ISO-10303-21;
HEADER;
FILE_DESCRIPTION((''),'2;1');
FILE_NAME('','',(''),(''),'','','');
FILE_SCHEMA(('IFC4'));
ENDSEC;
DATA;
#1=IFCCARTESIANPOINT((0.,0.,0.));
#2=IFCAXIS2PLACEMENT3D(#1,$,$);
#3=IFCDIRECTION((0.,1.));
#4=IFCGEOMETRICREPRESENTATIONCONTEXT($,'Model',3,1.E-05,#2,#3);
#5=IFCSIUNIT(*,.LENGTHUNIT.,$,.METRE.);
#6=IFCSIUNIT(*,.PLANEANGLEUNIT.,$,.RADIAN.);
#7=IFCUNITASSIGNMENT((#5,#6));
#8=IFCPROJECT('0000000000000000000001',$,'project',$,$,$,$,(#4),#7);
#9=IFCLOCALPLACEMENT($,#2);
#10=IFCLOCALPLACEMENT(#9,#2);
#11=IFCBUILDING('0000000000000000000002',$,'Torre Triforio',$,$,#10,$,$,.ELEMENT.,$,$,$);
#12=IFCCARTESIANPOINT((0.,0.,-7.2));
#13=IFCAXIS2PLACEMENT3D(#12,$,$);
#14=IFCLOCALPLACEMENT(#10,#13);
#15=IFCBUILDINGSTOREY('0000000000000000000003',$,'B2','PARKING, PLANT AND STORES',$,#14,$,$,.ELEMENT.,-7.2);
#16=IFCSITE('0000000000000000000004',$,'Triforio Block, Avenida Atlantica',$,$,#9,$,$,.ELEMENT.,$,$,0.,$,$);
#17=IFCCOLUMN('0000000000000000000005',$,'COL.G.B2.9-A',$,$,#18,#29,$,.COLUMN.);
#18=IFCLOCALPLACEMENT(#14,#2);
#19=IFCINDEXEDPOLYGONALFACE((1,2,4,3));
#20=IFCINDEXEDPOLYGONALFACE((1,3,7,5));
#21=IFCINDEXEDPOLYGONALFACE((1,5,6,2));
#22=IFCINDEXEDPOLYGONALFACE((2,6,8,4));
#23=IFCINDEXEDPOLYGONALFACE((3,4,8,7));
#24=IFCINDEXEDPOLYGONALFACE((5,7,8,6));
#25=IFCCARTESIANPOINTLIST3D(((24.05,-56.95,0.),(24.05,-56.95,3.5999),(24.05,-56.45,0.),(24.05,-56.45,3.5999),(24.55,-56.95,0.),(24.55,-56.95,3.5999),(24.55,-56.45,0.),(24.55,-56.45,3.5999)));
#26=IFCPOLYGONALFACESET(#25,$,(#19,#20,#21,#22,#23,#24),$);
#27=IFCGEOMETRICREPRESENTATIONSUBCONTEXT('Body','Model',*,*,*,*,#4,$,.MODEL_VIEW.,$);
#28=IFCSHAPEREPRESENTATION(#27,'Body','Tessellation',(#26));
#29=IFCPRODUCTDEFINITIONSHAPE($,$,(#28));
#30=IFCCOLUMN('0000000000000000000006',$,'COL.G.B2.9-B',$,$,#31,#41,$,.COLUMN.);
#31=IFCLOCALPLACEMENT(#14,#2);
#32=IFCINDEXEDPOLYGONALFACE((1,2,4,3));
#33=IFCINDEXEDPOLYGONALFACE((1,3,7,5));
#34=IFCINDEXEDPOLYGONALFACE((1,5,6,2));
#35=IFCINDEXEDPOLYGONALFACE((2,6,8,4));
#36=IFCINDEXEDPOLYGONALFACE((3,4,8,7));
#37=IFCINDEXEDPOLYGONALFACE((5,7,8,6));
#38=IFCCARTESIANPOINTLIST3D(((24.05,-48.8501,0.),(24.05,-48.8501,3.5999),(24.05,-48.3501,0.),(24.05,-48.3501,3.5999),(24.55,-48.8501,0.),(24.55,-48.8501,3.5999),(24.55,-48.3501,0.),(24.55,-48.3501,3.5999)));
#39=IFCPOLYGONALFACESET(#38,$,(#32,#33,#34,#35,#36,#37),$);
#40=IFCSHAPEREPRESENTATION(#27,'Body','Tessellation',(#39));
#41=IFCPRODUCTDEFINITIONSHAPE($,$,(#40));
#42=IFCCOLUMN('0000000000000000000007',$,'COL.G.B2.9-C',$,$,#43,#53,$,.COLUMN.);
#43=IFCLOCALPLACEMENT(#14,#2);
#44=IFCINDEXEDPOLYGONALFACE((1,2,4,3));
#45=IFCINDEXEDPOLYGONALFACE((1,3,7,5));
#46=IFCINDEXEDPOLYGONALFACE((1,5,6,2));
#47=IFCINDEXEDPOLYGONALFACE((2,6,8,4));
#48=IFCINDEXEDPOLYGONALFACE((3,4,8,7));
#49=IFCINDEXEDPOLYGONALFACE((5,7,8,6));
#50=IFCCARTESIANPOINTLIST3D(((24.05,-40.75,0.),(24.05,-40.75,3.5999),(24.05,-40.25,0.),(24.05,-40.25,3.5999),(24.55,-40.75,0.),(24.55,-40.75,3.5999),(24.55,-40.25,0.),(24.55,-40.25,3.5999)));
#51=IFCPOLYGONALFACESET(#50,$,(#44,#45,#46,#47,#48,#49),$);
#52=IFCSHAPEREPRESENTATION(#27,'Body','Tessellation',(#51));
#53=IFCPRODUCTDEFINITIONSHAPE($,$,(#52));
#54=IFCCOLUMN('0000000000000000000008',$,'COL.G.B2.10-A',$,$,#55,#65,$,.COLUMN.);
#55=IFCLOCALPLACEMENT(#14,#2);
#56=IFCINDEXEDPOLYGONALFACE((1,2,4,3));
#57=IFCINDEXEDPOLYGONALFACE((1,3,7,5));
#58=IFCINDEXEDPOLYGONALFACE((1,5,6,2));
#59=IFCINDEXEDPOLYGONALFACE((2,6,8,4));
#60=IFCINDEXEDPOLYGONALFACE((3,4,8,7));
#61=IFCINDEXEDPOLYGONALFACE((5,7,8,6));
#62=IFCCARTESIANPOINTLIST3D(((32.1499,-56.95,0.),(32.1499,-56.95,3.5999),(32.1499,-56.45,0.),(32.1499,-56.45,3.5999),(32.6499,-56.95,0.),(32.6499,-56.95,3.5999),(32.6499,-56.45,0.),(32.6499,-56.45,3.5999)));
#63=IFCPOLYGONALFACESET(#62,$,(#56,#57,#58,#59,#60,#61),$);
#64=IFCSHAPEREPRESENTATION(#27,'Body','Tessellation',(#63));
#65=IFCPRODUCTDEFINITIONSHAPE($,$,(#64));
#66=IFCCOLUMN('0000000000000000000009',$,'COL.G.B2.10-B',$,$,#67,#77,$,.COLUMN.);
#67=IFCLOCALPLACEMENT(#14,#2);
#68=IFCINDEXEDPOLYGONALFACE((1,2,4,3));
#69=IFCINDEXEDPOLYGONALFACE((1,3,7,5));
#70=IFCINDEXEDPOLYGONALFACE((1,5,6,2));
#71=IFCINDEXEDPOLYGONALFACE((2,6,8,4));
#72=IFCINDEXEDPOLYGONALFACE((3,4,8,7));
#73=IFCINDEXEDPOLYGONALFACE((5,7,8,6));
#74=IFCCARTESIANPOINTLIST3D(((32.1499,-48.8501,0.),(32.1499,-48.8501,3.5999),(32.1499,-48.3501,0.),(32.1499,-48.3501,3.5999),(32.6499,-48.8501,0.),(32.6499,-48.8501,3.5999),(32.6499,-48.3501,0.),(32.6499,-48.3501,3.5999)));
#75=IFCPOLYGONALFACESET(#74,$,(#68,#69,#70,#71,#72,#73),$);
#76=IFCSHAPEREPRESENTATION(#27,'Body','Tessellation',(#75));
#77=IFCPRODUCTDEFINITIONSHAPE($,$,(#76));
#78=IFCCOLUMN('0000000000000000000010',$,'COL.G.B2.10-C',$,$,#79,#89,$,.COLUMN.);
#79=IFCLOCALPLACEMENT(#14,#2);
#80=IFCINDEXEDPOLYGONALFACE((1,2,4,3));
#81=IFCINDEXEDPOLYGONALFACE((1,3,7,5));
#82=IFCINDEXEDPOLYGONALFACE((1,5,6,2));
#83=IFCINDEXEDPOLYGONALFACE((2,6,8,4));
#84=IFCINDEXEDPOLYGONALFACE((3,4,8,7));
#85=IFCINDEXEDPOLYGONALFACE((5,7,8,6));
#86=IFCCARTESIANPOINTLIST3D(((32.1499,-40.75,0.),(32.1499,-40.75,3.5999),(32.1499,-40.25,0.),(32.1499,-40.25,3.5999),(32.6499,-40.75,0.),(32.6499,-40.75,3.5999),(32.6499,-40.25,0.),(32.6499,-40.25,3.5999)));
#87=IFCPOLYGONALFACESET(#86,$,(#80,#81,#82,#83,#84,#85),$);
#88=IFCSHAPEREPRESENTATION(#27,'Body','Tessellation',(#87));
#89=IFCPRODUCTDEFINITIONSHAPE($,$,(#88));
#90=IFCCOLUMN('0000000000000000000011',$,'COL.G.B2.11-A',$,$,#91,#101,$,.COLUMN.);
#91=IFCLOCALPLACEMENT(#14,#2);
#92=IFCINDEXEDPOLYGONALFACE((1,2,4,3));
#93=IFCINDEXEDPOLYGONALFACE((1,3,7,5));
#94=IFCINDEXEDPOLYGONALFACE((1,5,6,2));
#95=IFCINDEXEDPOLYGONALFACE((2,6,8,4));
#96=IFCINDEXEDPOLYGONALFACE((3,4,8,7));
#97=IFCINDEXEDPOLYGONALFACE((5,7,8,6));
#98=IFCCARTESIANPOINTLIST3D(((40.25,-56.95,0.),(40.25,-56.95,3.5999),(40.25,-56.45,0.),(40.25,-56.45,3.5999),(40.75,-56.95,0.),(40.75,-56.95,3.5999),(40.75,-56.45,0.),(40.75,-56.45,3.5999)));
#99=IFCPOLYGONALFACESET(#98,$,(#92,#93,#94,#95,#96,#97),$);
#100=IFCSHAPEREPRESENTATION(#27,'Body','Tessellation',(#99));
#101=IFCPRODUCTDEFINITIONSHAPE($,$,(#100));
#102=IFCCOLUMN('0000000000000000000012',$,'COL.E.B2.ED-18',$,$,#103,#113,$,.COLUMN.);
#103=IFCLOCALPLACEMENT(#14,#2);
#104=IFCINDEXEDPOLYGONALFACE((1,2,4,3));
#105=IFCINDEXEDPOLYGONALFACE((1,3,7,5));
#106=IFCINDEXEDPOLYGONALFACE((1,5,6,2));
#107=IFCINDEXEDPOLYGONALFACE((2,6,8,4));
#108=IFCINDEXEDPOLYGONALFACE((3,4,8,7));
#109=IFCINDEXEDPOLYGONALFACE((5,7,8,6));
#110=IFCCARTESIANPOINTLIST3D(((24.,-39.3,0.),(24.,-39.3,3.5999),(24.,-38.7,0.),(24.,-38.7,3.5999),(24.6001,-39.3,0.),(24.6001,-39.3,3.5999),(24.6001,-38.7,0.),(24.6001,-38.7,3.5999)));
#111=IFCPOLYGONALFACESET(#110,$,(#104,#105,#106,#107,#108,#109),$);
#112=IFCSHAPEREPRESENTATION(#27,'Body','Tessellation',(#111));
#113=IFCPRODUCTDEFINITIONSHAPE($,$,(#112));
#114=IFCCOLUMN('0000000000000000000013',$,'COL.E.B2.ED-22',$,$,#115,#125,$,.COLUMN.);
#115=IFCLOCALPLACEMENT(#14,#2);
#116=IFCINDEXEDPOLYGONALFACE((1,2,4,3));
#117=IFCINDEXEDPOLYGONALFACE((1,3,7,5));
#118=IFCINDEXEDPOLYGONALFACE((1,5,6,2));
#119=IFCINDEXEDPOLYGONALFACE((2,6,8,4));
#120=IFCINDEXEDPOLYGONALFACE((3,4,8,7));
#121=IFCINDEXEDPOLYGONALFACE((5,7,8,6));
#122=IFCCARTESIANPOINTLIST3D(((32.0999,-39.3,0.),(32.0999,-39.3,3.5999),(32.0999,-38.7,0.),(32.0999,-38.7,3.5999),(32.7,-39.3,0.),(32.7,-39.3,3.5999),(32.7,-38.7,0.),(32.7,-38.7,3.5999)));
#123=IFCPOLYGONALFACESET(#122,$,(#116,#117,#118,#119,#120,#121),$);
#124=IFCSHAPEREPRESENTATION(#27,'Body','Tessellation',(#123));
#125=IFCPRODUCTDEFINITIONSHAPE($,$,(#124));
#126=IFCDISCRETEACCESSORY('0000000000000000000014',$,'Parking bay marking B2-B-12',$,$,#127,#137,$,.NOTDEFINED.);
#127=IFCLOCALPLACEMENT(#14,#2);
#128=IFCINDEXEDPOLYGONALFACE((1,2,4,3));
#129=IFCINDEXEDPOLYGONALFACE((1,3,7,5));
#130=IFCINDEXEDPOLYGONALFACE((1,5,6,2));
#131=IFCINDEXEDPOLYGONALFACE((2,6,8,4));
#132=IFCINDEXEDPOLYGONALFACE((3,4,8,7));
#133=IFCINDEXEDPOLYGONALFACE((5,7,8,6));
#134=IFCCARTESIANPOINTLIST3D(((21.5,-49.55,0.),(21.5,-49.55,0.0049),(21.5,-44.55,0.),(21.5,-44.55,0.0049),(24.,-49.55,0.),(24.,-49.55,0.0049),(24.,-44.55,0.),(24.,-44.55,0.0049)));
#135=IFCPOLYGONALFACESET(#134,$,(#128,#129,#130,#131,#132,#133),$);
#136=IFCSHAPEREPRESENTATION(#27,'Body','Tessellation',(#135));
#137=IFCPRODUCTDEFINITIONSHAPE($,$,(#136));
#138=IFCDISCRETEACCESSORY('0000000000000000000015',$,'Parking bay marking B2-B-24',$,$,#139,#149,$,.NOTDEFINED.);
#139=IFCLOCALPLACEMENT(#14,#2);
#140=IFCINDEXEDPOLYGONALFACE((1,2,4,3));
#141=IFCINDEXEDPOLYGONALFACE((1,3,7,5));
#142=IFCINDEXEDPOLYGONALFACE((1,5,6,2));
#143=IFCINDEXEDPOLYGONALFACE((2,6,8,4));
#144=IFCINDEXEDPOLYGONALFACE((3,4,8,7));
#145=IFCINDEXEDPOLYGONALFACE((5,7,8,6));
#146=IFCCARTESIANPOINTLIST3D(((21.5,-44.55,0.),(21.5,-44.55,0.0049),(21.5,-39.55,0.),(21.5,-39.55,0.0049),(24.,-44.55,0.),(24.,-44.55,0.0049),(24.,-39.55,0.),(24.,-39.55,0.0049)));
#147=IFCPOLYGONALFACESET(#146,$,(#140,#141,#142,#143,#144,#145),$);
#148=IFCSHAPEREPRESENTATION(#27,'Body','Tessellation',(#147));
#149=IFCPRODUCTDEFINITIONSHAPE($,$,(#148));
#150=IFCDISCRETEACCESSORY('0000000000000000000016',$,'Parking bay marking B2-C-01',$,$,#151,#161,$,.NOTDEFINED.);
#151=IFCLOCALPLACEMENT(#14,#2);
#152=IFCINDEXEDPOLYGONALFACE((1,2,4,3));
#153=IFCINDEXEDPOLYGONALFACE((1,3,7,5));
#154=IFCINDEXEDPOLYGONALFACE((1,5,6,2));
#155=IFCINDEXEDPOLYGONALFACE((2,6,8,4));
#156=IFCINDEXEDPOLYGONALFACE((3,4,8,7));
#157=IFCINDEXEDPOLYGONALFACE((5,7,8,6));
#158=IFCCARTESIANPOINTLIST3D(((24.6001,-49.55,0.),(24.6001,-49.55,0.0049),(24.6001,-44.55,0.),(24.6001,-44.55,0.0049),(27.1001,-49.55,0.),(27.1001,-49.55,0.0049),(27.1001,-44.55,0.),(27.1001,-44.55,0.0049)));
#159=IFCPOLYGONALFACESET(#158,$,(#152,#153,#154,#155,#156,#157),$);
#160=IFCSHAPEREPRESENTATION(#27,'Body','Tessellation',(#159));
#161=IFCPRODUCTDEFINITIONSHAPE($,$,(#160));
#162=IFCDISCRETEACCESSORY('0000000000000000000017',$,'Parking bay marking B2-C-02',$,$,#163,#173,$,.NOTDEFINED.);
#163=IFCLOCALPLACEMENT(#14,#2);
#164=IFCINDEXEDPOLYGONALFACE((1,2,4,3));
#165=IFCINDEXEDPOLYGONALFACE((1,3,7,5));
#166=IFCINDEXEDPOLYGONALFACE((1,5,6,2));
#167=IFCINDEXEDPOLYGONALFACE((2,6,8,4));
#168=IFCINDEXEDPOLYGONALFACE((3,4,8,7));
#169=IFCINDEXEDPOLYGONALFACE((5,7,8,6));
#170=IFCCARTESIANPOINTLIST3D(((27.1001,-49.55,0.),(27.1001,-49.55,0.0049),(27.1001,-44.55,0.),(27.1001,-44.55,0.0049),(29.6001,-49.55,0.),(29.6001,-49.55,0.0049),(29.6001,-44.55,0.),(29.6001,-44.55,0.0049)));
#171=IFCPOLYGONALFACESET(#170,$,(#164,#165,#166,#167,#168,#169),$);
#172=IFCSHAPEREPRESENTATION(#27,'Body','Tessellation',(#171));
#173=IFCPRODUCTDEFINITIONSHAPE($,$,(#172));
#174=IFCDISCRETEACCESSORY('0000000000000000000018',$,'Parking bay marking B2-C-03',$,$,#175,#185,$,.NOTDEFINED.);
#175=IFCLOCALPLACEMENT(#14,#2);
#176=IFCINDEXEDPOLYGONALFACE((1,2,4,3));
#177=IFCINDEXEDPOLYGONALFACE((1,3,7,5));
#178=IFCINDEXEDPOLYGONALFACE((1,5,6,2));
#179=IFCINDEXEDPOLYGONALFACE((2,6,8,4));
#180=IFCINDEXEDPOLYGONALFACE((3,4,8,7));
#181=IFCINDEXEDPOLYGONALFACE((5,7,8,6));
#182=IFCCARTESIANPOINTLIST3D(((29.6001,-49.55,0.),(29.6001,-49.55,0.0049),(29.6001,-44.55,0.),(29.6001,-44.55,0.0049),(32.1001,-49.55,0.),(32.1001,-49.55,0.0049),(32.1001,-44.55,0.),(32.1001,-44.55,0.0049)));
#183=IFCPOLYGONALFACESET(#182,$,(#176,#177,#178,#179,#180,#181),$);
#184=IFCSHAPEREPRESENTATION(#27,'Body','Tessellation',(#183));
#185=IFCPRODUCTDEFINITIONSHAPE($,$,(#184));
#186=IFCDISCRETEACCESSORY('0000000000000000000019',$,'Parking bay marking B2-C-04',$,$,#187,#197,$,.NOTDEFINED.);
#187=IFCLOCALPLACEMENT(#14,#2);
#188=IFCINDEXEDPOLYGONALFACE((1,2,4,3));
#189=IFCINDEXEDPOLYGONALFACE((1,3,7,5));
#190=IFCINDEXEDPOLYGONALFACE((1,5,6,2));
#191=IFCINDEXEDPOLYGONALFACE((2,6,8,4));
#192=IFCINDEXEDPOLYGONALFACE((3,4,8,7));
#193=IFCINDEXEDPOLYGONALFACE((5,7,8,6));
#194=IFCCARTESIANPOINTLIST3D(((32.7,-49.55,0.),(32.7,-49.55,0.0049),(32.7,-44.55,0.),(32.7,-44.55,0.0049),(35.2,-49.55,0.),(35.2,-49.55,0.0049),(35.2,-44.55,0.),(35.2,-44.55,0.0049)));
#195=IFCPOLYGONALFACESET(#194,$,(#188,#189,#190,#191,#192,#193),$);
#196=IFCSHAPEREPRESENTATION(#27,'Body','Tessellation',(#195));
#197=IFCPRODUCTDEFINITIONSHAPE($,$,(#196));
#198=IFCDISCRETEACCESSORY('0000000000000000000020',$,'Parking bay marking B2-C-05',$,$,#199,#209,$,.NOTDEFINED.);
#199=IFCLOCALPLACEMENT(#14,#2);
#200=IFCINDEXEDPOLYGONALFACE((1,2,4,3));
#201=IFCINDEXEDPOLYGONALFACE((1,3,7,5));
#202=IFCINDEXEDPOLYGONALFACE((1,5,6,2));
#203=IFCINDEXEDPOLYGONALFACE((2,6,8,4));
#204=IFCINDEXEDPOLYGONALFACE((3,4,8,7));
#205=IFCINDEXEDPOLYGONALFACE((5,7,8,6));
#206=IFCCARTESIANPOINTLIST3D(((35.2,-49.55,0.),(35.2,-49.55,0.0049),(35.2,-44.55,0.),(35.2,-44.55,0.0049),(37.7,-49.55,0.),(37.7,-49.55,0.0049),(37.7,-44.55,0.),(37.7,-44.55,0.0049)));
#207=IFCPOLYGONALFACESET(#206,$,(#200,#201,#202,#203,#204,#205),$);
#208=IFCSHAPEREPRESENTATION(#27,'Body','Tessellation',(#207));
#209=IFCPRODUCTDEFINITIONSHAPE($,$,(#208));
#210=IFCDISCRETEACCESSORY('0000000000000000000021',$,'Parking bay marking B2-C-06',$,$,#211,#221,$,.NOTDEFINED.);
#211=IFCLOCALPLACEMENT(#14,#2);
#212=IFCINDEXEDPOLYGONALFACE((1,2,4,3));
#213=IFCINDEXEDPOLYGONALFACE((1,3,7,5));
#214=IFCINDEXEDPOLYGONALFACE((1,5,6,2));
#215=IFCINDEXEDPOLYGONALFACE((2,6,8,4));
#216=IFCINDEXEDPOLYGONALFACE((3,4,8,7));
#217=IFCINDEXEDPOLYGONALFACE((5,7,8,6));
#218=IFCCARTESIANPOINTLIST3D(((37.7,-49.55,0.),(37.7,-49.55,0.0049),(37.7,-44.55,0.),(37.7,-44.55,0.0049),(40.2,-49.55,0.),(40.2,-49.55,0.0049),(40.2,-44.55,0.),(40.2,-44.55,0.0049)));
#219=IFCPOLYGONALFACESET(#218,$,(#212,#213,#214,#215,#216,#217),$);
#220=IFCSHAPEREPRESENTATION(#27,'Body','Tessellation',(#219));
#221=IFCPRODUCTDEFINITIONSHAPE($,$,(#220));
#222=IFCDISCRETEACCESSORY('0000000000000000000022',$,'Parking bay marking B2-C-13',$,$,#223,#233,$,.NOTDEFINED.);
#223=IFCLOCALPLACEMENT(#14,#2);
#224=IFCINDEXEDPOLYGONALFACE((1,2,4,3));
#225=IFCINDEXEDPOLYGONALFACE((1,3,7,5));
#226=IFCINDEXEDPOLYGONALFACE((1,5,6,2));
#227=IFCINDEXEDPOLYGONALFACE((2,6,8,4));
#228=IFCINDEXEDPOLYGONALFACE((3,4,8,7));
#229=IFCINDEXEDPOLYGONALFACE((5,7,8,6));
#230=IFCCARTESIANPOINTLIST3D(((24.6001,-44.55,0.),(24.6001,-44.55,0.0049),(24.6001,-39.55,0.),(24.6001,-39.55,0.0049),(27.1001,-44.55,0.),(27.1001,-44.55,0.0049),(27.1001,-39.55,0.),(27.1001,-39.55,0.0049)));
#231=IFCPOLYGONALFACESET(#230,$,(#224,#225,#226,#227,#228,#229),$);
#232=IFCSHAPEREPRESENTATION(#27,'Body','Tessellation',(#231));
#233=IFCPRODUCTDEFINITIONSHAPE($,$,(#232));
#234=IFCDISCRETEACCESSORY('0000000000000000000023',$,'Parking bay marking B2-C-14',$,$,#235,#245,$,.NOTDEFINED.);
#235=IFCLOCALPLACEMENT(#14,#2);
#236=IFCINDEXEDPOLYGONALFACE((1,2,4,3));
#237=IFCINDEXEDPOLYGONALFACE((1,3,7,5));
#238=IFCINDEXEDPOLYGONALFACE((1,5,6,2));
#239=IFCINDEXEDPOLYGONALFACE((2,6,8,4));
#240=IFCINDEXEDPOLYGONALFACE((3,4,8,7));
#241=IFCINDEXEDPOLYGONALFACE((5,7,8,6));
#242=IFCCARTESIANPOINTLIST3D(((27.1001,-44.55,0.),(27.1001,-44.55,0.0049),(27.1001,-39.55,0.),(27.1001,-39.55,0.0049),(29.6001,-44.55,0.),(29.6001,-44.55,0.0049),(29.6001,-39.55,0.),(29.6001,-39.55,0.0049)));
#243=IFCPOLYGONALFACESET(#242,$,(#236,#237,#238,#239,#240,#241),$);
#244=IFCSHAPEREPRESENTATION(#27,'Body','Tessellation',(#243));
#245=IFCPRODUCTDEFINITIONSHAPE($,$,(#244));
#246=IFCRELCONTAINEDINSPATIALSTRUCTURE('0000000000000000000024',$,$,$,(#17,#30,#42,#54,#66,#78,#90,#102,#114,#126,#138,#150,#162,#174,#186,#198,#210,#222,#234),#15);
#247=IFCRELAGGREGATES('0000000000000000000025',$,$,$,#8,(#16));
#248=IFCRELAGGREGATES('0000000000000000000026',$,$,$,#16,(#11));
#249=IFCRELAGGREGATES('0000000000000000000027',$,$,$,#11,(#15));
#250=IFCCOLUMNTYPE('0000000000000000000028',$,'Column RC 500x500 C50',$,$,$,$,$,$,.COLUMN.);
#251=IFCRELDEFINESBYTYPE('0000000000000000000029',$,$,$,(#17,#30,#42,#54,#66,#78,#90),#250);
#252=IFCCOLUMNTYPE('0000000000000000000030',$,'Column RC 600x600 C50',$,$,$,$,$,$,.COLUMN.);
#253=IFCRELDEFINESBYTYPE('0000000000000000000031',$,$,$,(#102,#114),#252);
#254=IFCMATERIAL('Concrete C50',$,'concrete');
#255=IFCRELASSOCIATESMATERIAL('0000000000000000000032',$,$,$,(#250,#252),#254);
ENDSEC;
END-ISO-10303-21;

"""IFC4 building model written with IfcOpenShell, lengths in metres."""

from ifc_helpers import new_model, si_unit, direction, frame, origin, origin_2d, place, context, subcontext, project, spatial, rectangle, extrude, material, material_profile, profile_set, type_object, element, save


model = new_model("IFC4")

# Units and contexts
model_context = context("Model", 3, precision=1e-05, world=origin(), true_north=direction((0.0, 1.0)))
body_context = subcontext(model_context, "Body", "Model", "MODEL_VIEW")
ifc_project = project(units=[si_unit("LENGTHUNIT", "METRE"), si_unit("PLANEANGLEUNIT", "RADIAN")], contexts=[model_context])

# Site, building, storey
site_placement = place(None, origin())
site = spatial("IfcSite", under=ifc_project, at=site_placement, Name="Triforio Block, Avenida Atlantica", CompositionType="ELEMENT", RefElevation=0.0)
building_placement = place(site_placement, origin())
building = spatial("IfcBuilding", under=site, at=building_placement, Name="Torre Triforio", CompositionType="ELEMENT")
storey_placement = place(building_placement, frame((0.0, 0.0, -7.2)))
storey = spatial("IfcBuildingStorey", under=building, at=storey_placement, Name="B2", Description="PARKING, PLANT AND STORES", CompositionType="ELEMENT", Elevation=-7.2)

# Columns
ifc_material = material(Name="Concrete C50", Category="concrete")
ifc_material_profile_1 = material_profile(ifc_material, rectangle(XDim=0.5, YDim=0.5, at=origin_2d()), Name="RC 500x500")
ifc_profile_set_1 = profile_set([ifc_material_profile_1], Name="Concrete C50")
column_type_1 = type_object("IfcColumnType", Name="Column RC 500x500 C50", PredefinedType="COLUMN", material=ifc_profile_set_1)
for number, where, z_axis, x_axis, name in (
    (1, (24.3, -56.7, 0.0), (0.0, 0.0, 1.0), (1.0, 0.0, 0.0), "COL.G.B2.9-A"),
    (2, (24.3, -48.6001, 0.0), (0.0, 0.0, 1.0), (1.0, 0.0, 0.0), "COL.G.B2.9-B"),
    (3, (24.3, -40.5, 0.0), (0.0, 0.0, 1.0), (1.0, 0.0, 0.0), "COL.G.B2.9-C"),
    (4, (32.3999, -56.7, 0.0), (0.0, 0.0, 1.0), (1.0, 0.0, 0.0), "COL.G.B2.10-A"),
    (5, (32.3999, -48.6001, 0.0), (0.0, 0.0, 1.0), (1.0, 0.0, 0.0), "COL.G.B2.10-B"),
    (6, (32.3999, -40.5, 0.0), (0.0, 0.0, 1.0), (1.0, 0.0, 0.0), "COL.G.B2.10-C"),
    (7, (40.5, -56.7, 0.0), (0.0, 0.0, 1.0), (1.0, 0.0, 0.0), "COL.G.B2.11-A"),
):
    element("IfcColumn", number, at=place(storey_placement, frame(where, z_axis=z_axis, x_axis=x_axis)), inside=storey, type_object=column_type_1, Name=name, PredefinedType="COLUMN", context=body_context, shape_type="SweptSolid", body=[
        extrude(rectangle(XDim=0.5, YDim=0.5, at=origin_2d()), origin(), (0.0, 0.0, 1.0), 3.5999),
    ])
ifc_material_profile_2 = material_profile(ifc_material, rectangle(XDim=0.6001, YDim=0.6001, at=origin_2d()), Name="RC 600x600")
ifc_profile_set_2 = profile_set([ifc_material_profile_2], Name="Concrete C50")
column_type_2 = type_object("IfcColumnType", Name="Column RC 600x600 C50", PredefinedType="COLUMN", material=ifc_profile_set_2)
for number, where, z_axis, x_axis, name in (
    (8, (24.3, -39.0, 0.0), (0.0, 0.0, 1.0), (1.0, 0.0, 0.0), "COL.E.B2.ED-18"),
    (9, (32.3999, -39.0, 0.0), (0.0, 0.0, 1.0), (1.0, 0.0, 0.0), "COL.E.B2.ED-22"),
):
    element("IfcColumn", number, at=place(storey_placement, frame(where, z_axis=z_axis, x_axis=x_axis)), inside=storey, type_object=column_type_2, Name=name, PredefinedType="COLUMN", context=body_context, shape_type="SweptSolid", body=[
        extrude(rectangle(XDim=0.6001, YDim=0.6001, at=origin_2d()), origin(), (0.0, 0.0, 1.0), 3.5999),
    ])

# Discrete accessories
for number, where, z_axis, x_axis, name in (
    (10, (22.75, -47.05, 0.0), (0.0, 0.0, 1.0), (1.0, 0.0, 0.0), "Parking bay marking B2-B-12"),
    (11, (22.75, -42.05, 0.0), (0.0, 0.0, 1.0), (1.0, 0.0, 0.0), "Parking bay marking B2-B-24"),
    (12, (25.8501, -47.05, 0.0), (0.0, 0.0, 1.0), (1.0, 0.0, 0.0), "Parking bay marking B2-C-01"),
    (13, (28.3501, -47.05, 0.0), (0.0, 0.0, 1.0), (1.0, 0.0, 0.0), "Parking bay marking B2-C-02"),
    (14, (30.8501, -47.05, 0.0), (0.0, 0.0, 1.0), (1.0, 0.0, 0.0), "Parking bay marking B2-C-03"),
    (15, (33.95, -47.05, 0.0), (0.0, 0.0, 1.0), (1.0, 0.0, 0.0), "Parking bay marking B2-C-04"),
    (16, (36.45, -47.05, 0.0), (0.0, 0.0, 1.0), (1.0, 0.0, 0.0), "Parking bay marking B2-C-05"),
    (17, (38.95, -47.05, 0.0), (0.0, 0.0, 1.0), (1.0, 0.0, 0.0), "Parking bay marking B2-C-06"),
    (18, (25.8501, -42.05, 0.0), (0.0, 0.0, 1.0), (1.0, 0.0, 0.0), "Parking bay marking B2-C-13"),
    (19, (28.3501, -42.05, 0.0), (0.0, 0.0, 1.0), (1.0, 0.0, 0.0), "Parking bay marking B2-C-14"),
):
    element("IfcDiscreteAccessory", number, at=place(storey_placement, frame(where, z_axis=z_axis, x_axis=x_axis)), inside=storey, Name=name, PredefinedType="NOTDEFINED", context=body_context, shape_type="SweptSolid", body=[
        extrude(rectangle(XDim=2.5, YDim=5.0, at=origin_2d()), origin(), (0.0, 0.0, 1.0), 0.0049),
    ])

save(model, "model.ifc")
